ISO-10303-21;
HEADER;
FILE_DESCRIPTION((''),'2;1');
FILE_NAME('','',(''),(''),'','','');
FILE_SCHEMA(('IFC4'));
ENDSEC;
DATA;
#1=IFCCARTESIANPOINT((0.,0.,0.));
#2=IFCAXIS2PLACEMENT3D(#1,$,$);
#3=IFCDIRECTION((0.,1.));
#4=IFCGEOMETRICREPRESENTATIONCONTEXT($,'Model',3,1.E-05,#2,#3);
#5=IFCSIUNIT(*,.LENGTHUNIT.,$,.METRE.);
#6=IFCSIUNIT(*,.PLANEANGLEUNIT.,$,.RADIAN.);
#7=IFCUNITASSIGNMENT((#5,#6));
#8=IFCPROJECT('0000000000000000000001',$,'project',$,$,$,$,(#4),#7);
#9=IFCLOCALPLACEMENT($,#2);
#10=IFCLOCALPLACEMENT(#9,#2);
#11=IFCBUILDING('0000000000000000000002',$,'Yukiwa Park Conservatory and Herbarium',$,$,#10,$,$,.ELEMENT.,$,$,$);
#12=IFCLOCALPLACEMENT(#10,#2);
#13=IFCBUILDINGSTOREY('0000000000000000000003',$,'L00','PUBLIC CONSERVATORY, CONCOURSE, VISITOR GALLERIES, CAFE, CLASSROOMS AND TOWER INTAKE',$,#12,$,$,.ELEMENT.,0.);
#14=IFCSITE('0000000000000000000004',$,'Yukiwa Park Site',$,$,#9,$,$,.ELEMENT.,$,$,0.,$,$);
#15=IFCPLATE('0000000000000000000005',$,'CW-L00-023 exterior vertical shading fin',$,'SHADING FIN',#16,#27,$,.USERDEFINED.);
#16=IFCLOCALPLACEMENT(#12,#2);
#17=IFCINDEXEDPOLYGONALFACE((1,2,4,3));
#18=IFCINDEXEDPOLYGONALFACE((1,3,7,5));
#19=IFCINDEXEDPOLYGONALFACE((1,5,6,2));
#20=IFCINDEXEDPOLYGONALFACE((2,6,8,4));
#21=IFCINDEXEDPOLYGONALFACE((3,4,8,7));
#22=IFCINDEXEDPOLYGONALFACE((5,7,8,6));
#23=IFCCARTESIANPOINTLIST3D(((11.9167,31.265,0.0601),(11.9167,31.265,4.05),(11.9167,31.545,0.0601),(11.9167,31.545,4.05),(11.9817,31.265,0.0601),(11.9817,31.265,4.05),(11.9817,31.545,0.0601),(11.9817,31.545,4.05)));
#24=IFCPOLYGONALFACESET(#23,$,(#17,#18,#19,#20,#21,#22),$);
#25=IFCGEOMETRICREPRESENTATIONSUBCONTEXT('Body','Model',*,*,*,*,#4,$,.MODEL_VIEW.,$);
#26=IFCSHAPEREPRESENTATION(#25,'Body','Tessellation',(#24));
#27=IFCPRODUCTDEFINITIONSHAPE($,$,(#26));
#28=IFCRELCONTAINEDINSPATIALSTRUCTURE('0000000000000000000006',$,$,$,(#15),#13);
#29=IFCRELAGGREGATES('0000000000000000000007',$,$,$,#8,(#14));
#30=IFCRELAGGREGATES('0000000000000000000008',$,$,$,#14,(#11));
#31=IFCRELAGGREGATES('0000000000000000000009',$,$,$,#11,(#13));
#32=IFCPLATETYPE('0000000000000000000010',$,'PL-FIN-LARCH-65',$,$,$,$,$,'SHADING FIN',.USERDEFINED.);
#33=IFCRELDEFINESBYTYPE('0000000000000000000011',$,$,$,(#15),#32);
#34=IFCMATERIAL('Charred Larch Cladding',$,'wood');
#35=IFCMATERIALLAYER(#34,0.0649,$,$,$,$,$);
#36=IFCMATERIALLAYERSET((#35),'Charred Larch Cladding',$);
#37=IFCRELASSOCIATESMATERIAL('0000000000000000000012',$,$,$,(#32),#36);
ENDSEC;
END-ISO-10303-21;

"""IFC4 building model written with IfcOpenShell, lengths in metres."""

from ifc_helpers import new_model, si_unit, direction, frame, origin, origin_2d, place, context, subcontext, project, spatial, rectangle, extrude, material, layer, layer_set, type_object, element, save


model = new_model("IFC4")

# Units and contexts
model_context = context("Model", 3, precision=1e-05, world=origin(), true_north=direction((0.0, 1.0)))
body_context = subcontext(model_context, "Body", "Model", "MODEL_VIEW")
ifc_project = project(units=[si_unit("LENGTHUNIT", "METRE"), si_unit("PLANEANGLEUNIT", "RADIAN")], contexts=[model_context])

# Site, building, storey
site_placement = place(None, origin())
site = spatial("IfcSite", under=ifc_project, at=site_placement, Name="Yukiwa Park Site", CompositionType="ELEMENT", RefElevation=0.0)
building_placement = place(site_placement, origin())
building = spatial("IfcBuilding", under=site, at=building_placement, Name="Yukiwa Park Conservatory and Herbarium", CompositionType="ELEMENT")
storey_placement = place(building_placement, origin())
storey = spatial("IfcBuildingStorey", under=building, at=storey_placement, Name="L00", Description="PUBLIC CONSERVATORY, CONCOURSE, VISITOR GALLERIES, CAFE, CLASSROOMS AND TOWER INTAKE", CompositionType="ELEMENT", Elevation=0.0)

# Plate
ifc_material_1 = material(Name="Charred Larch Cladding", Category="wood")
ifc_layer_1 = layer(ifc_material_1, 0.0649)
ifc_layer_set_1 = layer_set([ifc_layer_1], Name="Charred Larch Cladding")
plate_type_1 = type_object("IfcPlateType", Name="PL-FIN-LARCH-65", ElementType="SHADING FIN", PredefinedType="USERDEFINED", material=ifc_layer_set_1)
plate_1_placement = place(storey_placement, frame((11.9492, 31.405, 0.0601), z_axis=(0.0, 0.0, 1.0), x_axis=(-1.0, 0.0, 0.0)))
element("IfcPlate", 1, at=plate_1_placement, inside=storey, type_object=plate_type_1, Name="CW-L00-023 exterior vertical shading fin", ObjectType="SHADING FIN", PredefinedType="USERDEFINED", context=body_context, shape_type="SweptSolid", body=[
    extrude(rectangle(XDim=0.0649, YDim=0.28, at=origin_2d()), origin(), (0.0, 0.0, 1.0), 3.99),
])

save(model, "model.ifc")
